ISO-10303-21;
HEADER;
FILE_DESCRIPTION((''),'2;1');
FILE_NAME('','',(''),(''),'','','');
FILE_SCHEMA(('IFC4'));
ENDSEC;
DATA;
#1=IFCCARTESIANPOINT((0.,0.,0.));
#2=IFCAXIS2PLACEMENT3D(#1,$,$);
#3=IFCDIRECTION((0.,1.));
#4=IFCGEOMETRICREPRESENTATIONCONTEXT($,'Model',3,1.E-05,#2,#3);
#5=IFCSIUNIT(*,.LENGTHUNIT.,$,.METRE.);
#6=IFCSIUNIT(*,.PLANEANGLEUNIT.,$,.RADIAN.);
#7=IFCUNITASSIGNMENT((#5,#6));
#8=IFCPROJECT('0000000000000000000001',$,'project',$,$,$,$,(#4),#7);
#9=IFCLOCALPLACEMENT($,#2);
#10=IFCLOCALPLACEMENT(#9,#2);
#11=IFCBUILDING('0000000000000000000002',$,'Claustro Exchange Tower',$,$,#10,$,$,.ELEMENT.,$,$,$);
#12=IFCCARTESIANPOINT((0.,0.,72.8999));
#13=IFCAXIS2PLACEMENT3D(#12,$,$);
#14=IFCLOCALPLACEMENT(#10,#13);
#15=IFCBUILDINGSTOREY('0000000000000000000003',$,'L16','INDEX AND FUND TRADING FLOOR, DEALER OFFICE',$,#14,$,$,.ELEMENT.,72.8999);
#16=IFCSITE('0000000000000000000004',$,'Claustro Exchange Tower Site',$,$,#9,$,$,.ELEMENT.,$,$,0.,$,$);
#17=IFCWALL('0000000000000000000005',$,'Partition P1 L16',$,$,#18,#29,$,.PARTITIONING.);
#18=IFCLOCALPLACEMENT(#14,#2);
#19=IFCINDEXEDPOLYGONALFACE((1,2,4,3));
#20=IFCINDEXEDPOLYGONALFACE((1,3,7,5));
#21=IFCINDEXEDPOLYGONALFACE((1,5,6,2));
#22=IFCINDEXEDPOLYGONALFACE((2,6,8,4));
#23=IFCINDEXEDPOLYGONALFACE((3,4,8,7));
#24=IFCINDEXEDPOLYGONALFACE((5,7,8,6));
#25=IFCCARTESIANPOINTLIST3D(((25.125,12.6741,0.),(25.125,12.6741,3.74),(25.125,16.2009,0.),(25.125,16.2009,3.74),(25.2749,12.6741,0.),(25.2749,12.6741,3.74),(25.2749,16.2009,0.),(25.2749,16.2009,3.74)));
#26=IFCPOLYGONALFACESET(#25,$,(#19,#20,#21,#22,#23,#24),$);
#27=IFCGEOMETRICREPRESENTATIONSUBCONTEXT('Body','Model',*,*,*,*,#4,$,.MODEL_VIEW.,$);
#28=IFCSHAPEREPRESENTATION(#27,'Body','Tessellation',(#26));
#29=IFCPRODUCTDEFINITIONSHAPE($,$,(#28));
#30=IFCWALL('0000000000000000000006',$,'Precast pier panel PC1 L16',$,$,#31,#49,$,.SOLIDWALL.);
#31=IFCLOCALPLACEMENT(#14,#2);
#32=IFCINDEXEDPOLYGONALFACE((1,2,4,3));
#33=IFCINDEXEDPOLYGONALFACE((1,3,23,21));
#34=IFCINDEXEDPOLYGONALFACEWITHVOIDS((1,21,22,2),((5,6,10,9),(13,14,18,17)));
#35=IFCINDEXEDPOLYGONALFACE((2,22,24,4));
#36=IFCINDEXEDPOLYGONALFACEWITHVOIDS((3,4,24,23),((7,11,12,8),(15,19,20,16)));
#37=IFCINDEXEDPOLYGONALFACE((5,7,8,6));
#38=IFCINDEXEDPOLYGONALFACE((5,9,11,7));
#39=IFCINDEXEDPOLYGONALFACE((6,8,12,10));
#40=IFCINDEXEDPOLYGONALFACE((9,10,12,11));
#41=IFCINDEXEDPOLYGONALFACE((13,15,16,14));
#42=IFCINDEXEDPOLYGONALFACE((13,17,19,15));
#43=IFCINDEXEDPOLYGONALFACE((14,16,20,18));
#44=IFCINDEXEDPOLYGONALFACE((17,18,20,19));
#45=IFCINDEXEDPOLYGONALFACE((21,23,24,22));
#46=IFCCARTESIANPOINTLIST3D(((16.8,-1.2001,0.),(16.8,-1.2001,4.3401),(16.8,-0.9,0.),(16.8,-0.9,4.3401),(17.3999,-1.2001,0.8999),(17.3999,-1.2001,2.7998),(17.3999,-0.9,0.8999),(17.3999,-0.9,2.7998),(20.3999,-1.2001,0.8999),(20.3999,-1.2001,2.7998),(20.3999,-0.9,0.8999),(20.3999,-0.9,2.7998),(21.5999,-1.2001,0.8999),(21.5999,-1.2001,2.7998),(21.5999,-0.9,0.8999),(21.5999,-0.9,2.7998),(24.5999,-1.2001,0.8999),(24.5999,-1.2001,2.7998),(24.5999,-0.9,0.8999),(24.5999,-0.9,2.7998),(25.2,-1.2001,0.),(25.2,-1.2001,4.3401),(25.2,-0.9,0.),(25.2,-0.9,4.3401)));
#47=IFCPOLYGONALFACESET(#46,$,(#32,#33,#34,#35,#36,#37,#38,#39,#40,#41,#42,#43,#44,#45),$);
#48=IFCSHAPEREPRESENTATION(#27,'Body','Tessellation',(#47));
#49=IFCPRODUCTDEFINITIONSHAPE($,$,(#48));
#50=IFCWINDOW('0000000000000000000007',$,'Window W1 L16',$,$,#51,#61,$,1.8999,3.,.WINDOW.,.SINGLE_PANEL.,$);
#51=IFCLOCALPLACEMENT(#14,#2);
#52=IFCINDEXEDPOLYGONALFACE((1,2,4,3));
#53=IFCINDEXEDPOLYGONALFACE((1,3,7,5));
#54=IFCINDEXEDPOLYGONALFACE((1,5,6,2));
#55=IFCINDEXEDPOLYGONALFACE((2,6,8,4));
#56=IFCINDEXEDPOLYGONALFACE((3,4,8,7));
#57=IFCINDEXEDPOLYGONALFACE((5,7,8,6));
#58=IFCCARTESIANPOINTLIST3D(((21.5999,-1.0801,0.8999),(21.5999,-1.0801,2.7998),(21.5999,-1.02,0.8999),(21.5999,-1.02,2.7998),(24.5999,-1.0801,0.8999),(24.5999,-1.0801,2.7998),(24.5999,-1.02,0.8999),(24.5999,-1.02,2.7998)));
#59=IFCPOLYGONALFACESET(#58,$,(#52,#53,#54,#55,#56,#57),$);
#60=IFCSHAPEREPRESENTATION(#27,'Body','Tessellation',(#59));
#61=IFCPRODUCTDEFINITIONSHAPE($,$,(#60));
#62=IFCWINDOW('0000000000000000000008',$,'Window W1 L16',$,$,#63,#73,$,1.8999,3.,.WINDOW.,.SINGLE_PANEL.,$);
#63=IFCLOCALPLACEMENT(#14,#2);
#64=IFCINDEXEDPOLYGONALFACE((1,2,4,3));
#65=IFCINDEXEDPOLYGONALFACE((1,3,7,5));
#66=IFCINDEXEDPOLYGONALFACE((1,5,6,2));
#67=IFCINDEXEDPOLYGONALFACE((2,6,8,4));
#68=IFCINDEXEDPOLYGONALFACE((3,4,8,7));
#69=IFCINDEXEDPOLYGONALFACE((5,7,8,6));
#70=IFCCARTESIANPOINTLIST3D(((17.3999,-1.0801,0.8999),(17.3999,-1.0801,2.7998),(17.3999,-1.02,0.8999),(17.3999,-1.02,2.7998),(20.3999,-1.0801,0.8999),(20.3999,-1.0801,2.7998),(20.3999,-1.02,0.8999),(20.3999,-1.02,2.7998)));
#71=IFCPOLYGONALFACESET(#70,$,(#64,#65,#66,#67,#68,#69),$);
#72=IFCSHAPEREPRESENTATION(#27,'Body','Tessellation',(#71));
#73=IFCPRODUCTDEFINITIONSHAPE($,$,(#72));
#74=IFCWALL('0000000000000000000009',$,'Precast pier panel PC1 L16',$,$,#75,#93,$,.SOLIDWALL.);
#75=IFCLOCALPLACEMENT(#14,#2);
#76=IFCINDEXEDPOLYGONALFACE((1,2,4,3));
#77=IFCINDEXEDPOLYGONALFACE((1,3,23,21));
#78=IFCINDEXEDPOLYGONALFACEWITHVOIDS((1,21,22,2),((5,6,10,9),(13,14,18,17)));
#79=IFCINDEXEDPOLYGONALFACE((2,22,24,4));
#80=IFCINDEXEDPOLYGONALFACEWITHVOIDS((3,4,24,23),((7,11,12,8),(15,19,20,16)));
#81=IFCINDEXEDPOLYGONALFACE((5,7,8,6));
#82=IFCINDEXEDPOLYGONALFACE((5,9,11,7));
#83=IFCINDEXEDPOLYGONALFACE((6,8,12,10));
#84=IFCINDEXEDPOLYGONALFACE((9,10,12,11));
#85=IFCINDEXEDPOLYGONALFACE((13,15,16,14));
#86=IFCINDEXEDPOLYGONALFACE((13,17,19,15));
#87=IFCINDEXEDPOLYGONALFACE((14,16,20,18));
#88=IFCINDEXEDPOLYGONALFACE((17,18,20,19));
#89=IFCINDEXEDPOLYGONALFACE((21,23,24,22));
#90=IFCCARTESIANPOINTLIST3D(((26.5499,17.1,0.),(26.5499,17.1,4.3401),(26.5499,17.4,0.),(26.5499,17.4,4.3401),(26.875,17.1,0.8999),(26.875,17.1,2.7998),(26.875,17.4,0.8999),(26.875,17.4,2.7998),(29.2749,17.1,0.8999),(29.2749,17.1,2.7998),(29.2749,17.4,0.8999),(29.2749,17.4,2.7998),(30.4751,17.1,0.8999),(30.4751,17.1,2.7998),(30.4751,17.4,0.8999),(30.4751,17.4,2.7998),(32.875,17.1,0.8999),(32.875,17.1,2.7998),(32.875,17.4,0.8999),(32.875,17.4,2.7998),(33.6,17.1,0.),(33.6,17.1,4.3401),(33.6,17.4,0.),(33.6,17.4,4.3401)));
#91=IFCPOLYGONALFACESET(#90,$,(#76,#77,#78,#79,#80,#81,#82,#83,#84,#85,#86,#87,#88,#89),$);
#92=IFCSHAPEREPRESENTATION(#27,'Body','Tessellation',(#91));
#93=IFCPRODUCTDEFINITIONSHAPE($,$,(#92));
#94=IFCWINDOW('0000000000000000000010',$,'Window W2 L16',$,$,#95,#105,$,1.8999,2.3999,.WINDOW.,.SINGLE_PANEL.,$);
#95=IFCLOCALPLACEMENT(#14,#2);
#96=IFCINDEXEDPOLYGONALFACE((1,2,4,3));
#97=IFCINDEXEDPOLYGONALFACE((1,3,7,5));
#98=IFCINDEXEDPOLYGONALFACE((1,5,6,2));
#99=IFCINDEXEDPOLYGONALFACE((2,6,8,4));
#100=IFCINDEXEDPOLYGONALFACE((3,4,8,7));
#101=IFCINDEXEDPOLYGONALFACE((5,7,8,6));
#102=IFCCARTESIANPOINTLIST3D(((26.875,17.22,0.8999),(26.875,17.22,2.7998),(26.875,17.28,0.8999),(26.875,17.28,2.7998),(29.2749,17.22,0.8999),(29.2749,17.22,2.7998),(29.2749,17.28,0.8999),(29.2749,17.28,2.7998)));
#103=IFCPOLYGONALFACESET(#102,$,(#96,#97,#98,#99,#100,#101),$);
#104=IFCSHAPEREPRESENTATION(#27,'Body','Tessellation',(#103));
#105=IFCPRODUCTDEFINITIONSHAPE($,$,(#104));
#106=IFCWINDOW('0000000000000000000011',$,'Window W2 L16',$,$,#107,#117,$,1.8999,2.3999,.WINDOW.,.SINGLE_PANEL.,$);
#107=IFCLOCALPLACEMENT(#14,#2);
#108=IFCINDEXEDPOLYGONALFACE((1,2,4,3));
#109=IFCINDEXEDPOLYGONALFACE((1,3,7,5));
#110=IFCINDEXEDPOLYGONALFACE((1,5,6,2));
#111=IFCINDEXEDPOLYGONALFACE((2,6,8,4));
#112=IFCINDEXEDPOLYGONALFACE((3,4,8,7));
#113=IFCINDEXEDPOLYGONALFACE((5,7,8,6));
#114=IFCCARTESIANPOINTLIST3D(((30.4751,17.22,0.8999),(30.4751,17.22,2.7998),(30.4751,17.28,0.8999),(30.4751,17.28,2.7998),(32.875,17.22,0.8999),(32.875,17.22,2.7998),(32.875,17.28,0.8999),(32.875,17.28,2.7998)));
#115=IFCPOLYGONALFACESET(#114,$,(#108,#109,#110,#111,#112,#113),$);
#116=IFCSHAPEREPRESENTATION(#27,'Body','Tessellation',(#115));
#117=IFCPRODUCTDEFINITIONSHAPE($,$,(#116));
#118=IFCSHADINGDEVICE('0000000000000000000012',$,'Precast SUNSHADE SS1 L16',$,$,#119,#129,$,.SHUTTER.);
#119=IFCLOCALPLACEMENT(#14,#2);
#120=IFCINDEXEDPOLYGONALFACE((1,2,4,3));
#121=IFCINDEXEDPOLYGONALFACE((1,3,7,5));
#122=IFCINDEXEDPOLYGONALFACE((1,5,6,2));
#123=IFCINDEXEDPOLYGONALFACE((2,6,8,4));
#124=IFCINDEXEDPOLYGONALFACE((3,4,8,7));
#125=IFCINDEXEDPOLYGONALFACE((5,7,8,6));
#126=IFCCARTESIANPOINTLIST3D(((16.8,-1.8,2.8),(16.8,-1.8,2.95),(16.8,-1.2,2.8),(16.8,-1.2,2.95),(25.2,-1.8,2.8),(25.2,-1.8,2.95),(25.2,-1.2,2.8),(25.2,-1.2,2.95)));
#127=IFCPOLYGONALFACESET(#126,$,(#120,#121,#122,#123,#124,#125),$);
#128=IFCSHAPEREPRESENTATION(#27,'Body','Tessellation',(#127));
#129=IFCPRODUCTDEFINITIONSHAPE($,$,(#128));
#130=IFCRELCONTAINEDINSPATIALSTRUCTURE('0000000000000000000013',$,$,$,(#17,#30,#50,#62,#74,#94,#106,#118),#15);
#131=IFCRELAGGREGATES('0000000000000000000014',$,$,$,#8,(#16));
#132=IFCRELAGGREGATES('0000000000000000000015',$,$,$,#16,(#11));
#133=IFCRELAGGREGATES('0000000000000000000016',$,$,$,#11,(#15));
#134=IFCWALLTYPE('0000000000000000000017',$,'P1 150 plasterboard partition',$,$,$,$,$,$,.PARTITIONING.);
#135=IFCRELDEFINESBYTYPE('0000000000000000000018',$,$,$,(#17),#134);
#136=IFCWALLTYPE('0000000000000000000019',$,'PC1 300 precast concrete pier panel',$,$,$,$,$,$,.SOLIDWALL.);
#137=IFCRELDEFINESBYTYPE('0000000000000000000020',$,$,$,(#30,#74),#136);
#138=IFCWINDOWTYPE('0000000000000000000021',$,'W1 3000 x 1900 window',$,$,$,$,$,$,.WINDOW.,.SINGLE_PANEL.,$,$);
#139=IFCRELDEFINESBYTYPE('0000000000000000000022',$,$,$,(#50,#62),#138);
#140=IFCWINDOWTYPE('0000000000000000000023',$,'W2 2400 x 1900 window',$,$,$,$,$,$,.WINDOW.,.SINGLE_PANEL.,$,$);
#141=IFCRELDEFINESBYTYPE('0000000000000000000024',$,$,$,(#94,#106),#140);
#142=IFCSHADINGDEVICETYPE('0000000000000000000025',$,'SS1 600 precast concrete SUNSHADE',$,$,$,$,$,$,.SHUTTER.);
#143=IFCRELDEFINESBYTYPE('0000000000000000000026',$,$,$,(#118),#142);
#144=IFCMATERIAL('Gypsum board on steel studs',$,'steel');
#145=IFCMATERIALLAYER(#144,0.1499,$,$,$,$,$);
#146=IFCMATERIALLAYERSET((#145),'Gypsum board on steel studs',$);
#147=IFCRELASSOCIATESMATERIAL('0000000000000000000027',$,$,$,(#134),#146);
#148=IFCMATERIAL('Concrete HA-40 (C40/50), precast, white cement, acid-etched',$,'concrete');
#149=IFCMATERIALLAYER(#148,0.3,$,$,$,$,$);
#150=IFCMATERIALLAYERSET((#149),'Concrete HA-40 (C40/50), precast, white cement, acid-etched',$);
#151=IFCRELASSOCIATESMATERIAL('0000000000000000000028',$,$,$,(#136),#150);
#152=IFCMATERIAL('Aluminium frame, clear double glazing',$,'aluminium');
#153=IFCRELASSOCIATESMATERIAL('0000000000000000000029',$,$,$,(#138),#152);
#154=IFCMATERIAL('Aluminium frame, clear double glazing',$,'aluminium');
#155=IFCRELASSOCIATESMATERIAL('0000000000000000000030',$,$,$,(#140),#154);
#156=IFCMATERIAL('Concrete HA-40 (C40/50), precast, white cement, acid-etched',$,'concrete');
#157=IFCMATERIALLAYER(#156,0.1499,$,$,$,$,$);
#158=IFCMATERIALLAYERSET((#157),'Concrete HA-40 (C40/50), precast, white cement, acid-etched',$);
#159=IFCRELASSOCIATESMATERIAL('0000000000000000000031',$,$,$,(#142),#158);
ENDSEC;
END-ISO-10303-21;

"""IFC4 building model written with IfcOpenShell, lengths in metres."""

from ifc_helpers import new_model, si_unit, direction, frame, frame_2d, origin, origin_2d, place, context, subcontext, project, spatial, rectangle, extrude, material, layer, layer_set, type_object, element, fill, save


model = new_model("IFC4")

# Units and contexts
model_context = context("Model", 3, precision=1e-05, world=origin(), true_north=direction((0.0, 1.0)))
body_context = subcontext(model_context, "Body", "Model", "MODEL_VIEW")
ifc_project = project(units=[si_unit("LENGTHUNIT", "METRE"), si_unit("PLANEANGLEUNIT", "RADIAN")], contexts=[model_context])

# Site, building, storey
site_placement = place(None, origin())
site = spatial("IfcSite", under=ifc_project, at=site_placement, Name="Claustro Exchange Tower Site", CompositionType="ELEMENT", RefElevation=0.0)
building_placement = place(site_placement, origin())
building = spatial("IfcBuilding", under=site, at=building_placement, Name="Claustro Exchange Tower", CompositionType="ELEMENT")
storey_placement = place(building_placement, frame((0.0, 0.0, 72.8999)))
storey = spatial("IfcBuildingStorey", under=building, at=storey_placement, Name="L16", Description="INDEX AND FUND TRADING FLOOR, DEALER OFFICE", CompositionType="ELEMENT", Elevation=72.8999)

# Shared definitions
ifc_material_1 = material(Name="Gypsum board on steel studs", Category="steel")
ifc_layer_1 = layer(ifc_material_1, 0.1499)
ifc_layer_set_1 = layer_set([ifc_layer_1], Name="Gypsum board on steel studs")
wall_type_1 = type_object("IfcWallType", Name="P1 150 plasterboard partition", PredefinedType="PARTITIONING", material=ifc_layer_set_1)

# Wall
wall_1_placement = place(storey_placement, frame((25.2, 12.6741, 0.0), z_axis=(0.0, 0.0, 1.0), x_axis=(0.0, 1.0, 0.0)))
element("IfcWall", 1, at=wall_1_placement, inside=storey, type_object=wall_type_1, Name="Partition P1 L16", PredefinedType="PARTITIONING", context=body_context, shape_type="SweptSolid", body=[
    extrude(rectangle(XDim=3.5269, YDim=0.1499, at=frame_2d((1.7634, 0.0))), origin(), (0.0, 0.0, 1.0), 3.74),
])

# Walls, openings, windows
ifc_material_2 = material(Name="Concrete HA-40 (C40/50), precast, white cement, acid-etched", Category="concrete")
ifc_layer_2 = layer(ifc_material_2, 0.3)
ifc_layer_set_2 = layer_set([ifc_layer_2], Name="Concrete HA-40 (C40/50), precast, white cement, acid-etched")
wall_type_2 = type_object("IfcWallType", Name="PC1 300 precast concrete pier panel", PredefinedType="SOLIDWALL", material=ifc_layer_set_2)
wall_2_placement = place(storey_placement, frame((25.2, -1.05, 0.0), z_axis=(0.0, 0.0, 1.0), x_axis=(-1.0, 0.0, 0.0)))
wall_2 = element("IfcWall", 2, at=wall_2_placement, inside=storey, type_object=wall_type_2, Name="Precast pier panel PC1 L16", PredefinedType="SOLIDWALL", context=body_context, shape_type="SweptSolid", body=[
    extrude(rectangle(XDim=8.3999, YDim=0.3, at=frame_2d((4.2, 0.0))), origin(), (0.0, 0.0, 1.0), 4.3401),
])
opening_1_placement = place(wall_2_placement, frame((0.6001, 0.0, 0.8999)))
opening_1 = element("IfcOpeningElement", 3, at=opening_1_placement, cuts=wall_2, PredefinedType="OPENING", context=body_context, shape_type="SweptSolid", body=[
    extrude(rectangle(XDim=3.0, YDim=1.8999, at=frame_2d((1.5, 0.95))), frame((0.0, 0.1599, 0.0), z_axis=(0.0, -1.0, 0.0), x_axis=(1.0, 0.0, 0.0)), (0.0, 0.0, 1.0), 0.3201),
])
opening_2_placement = place(wall_2_placement, frame((4.8, 0.0, 0.8999)))
opening_2 = element("IfcOpeningElement", 4, at=opening_2_placement, cuts=wall_2, PredefinedType="OPENING", context=body_context, shape_type="SweptSolid", body=[
    extrude(rectangle(XDim=3.0, YDim=1.8999, at=frame_2d((1.5, 0.95))), frame((0.0, 0.1599, 0.0), z_axis=(0.0, -1.0, 0.0), x_axis=(1.0, 0.0, 0.0)), (0.0, 0.0, 1.0), 0.3201),
])
ifc_material_3 = material(Name="Aluminium frame, clear double glazing", Category="aluminium")
window_type_1 = type_object("IfcWindowType", Name="W1 3000 x 1900 window", PartitioningType="SINGLE_PANEL", PredefinedType="WINDOW", material=ifc_material_3)
window_1_placement = place(opening_1_placement, origin())
window_1 = element("IfcWindow", 5, at=window_1_placement, inside=storey, type_object=window_type_1, Name="Window W1 L16", OverallHeight=1.8999, OverallWidth=3.0, PartitioningType="SINGLE_PANEL", PredefinedType="WINDOW", context=body_context, shape_type="SweptSolid", body=[
    extrude(rectangle(XDim=3.0, YDim=1.8999, at=frame_2d((1.5, 0.95))), frame((0.0, 0.03, 0.0), z_axis=(0.0, -1.0, 0.0), x_axis=(1.0, 0.0, 0.0)), (0.0, 0.0, 1.0), 0.0601),
])
fill(opening_1, window_1)
window_2_placement = place(opening_2_placement, origin())
window_2 = element("IfcWindow", 6, at=window_2_placement, inside=storey, type_object=window_type_1, Name="Window W1 L16", OverallHeight=1.8999, OverallWidth=3.0, PartitioningType="SINGLE_PANEL", PredefinedType="WINDOW", context=body_context, shape_type="SweptSolid", body=[
    extrude(rectangle(XDim=3.0, YDim=1.8999, at=frame_2d((1.5, 0.95))), frame((0.0, 0.03, 0.0), z_axis=(0.0, -1.0, 0.0), x_axis=(1.0, 0.0, 0.0)), (0.0, 0.0, 1.0), 0.0601),
])
fill(opening_2, window_2)
wall_3_placement = place(storey_placement, frame((26.55, 17.25, 0.0), z_axis=(0.0, 0.0, 1.0), x_axis=(1.0, 0.0, 0.0)))
wall_3 = element("IfcWall", 7, at=wall_3_placement, inside=storey, type_object=wall_type_2, Name="Precast pier panel PC1 L16", PredefinedType="SOLIDWALL", context=body_context, shape_type="SweptSolid", body=[
    extrude(rectangle(XDim=7.05, YDim=0.3, at=frame_2d((3.5249, 0.0))), origin(), (0.0, 0.0, 1.0), 4.3401),
])
opening_3_placement = place(wall_3_placement, frame((0.325, 0.0, 0.8999)))
opening_3 = element("IfcOpeningElement", 8, at=opening_3_placement, cuts=wall_3, PredefinedType="OPENING", context=body_context, shape_type="SweptSolid", body=[
    extrude(rectangle(XDim=2.3999, YDim=1.8999, at=frame_2d((1.2, 0.95))), frame((0.0, 0.1599, 0.0), z_axis=(0.0, -1.0, 0.0), x_axis=(1.0, 0.0, 0.0)), (0.0, 0.0, 1.0), 0.3201),
])
opening_4_placement = place(wall_3_placement, frame((3.925, 0.0, 0.8999)))
opening_4 = element("IfcOpeningElement", 9, at=opening_4_placement, cuts=wall_3, PredefinedType="OPENING", context=body_context, shape_type="SweptSolid", body=[
    extrude(rectangle(XDim=2.3999, YDim=1.8999, at=frame_2d((1.2, 0.95))), frame((0.0, 0.1599, 0.0), z_axis=(0.0, -1.0, 0.0), x_axis=(1.0, 0.0, 0.0)), (0.0, 0.0, 1.0), 0.3201),
])
ifc_material_4 = material(Name="Aluminium frame, clear double glazing", Category="aluminium")
window_type_2 = type_object("IfcWindowType", Name="W2 2400 x 1900 window", PartitioningType="SINGLE_PANEL", PredefinedType="WINDOW", material=ifc_material_4)
window_3_placement = place(opening_3_placement, origin())
window_3 = element("IfcWindow", 10, at=window_3_placement, inside=storey, type_object=window_type_2, Name="Window W2 L16", OverallHeight=1.8999, OverallWidth=2.3999, PartitioningType="SINGLE_PANEL", PredefinedType="WINDOW", context=body_context, shape_type="SweptSolid", body=[
    extrude(rectangle(XDim=2.3999, YDim=1.8999, at=frame_2d((1.2, 0.95))), frame((0.0, 0.03, 0.0), z_axis=(0.0, -1.0, 0.0), x_axis=(1.0, 0.0, 0.0)), (0.0, 0.0, 1.0), 0.0601),
])
fill(opening_3, window_3)
window_4_placement = place(opening_4_placement, origin())
window_4 = element("IfcWindow", 11, at=window_4_placement, inside=storey, type_object=window_type_2, Name="Window W2 L16", OverallHeight=1.8999, OverallWidth=2.3999, PartitioningType="SINGLE_PANEL", PredefinedType="WINDOW", context=body_context, shape_type="SweptSolid", body=[
    extrude(rectangle(XDim=2.3999, YDim=1.8999, at=frame_2d((1.2, 0.95))), frame((0.0, 0.03, 0.0), z_axis=(0.0, -1.0, 0.0), x_axis=(1.0, 0.0, 0.0)), (0.0, 0.0, 1.0), 0.0601),
])
fill(opening_4, window_4)

# Shading device
ifc_material_5 = material(Name="Concrete HA-40 (C40/50), precast, white cement, acid-etched", Category="concrete")
ifc_layer_3 = layer(ifc_material_5, 0.1499)
ifc_layer_set_3 = layer_set([ifc_layer_3], Name="Concrete HA-40 (C40/50), precast, white cement, acid-etched")
shading_device_type = type_object("IfcShadingDeviceType", Name="SS1 600 precast concrete SUNSHADE", PredefinedType="SHUTTER", material=ifc_layer_set_3)
shading_device_placement = place(storey_placement, frame((21.0, -1.5, 2.8), z_axis=(0.0, 0.0, 1.0), x_axis=(-1.0, 0.0, 0.0)))
element("IfcShadingDevice", 12, at=shading_device_placement, inside=storey, type_object=shading_device_type, Name="Precast SUNSHADE SS1 L16", PredefinedType="SHUTTER", context=body_context, shape_type="SweptSolid", body=[
    extrude(rectangle(XDim=8.3999, YDim=0.6001, at=origin_2d()), origin(), (0.0, 0.0, 1.0), 0.1499),
])

save(model, "model.ifc")
